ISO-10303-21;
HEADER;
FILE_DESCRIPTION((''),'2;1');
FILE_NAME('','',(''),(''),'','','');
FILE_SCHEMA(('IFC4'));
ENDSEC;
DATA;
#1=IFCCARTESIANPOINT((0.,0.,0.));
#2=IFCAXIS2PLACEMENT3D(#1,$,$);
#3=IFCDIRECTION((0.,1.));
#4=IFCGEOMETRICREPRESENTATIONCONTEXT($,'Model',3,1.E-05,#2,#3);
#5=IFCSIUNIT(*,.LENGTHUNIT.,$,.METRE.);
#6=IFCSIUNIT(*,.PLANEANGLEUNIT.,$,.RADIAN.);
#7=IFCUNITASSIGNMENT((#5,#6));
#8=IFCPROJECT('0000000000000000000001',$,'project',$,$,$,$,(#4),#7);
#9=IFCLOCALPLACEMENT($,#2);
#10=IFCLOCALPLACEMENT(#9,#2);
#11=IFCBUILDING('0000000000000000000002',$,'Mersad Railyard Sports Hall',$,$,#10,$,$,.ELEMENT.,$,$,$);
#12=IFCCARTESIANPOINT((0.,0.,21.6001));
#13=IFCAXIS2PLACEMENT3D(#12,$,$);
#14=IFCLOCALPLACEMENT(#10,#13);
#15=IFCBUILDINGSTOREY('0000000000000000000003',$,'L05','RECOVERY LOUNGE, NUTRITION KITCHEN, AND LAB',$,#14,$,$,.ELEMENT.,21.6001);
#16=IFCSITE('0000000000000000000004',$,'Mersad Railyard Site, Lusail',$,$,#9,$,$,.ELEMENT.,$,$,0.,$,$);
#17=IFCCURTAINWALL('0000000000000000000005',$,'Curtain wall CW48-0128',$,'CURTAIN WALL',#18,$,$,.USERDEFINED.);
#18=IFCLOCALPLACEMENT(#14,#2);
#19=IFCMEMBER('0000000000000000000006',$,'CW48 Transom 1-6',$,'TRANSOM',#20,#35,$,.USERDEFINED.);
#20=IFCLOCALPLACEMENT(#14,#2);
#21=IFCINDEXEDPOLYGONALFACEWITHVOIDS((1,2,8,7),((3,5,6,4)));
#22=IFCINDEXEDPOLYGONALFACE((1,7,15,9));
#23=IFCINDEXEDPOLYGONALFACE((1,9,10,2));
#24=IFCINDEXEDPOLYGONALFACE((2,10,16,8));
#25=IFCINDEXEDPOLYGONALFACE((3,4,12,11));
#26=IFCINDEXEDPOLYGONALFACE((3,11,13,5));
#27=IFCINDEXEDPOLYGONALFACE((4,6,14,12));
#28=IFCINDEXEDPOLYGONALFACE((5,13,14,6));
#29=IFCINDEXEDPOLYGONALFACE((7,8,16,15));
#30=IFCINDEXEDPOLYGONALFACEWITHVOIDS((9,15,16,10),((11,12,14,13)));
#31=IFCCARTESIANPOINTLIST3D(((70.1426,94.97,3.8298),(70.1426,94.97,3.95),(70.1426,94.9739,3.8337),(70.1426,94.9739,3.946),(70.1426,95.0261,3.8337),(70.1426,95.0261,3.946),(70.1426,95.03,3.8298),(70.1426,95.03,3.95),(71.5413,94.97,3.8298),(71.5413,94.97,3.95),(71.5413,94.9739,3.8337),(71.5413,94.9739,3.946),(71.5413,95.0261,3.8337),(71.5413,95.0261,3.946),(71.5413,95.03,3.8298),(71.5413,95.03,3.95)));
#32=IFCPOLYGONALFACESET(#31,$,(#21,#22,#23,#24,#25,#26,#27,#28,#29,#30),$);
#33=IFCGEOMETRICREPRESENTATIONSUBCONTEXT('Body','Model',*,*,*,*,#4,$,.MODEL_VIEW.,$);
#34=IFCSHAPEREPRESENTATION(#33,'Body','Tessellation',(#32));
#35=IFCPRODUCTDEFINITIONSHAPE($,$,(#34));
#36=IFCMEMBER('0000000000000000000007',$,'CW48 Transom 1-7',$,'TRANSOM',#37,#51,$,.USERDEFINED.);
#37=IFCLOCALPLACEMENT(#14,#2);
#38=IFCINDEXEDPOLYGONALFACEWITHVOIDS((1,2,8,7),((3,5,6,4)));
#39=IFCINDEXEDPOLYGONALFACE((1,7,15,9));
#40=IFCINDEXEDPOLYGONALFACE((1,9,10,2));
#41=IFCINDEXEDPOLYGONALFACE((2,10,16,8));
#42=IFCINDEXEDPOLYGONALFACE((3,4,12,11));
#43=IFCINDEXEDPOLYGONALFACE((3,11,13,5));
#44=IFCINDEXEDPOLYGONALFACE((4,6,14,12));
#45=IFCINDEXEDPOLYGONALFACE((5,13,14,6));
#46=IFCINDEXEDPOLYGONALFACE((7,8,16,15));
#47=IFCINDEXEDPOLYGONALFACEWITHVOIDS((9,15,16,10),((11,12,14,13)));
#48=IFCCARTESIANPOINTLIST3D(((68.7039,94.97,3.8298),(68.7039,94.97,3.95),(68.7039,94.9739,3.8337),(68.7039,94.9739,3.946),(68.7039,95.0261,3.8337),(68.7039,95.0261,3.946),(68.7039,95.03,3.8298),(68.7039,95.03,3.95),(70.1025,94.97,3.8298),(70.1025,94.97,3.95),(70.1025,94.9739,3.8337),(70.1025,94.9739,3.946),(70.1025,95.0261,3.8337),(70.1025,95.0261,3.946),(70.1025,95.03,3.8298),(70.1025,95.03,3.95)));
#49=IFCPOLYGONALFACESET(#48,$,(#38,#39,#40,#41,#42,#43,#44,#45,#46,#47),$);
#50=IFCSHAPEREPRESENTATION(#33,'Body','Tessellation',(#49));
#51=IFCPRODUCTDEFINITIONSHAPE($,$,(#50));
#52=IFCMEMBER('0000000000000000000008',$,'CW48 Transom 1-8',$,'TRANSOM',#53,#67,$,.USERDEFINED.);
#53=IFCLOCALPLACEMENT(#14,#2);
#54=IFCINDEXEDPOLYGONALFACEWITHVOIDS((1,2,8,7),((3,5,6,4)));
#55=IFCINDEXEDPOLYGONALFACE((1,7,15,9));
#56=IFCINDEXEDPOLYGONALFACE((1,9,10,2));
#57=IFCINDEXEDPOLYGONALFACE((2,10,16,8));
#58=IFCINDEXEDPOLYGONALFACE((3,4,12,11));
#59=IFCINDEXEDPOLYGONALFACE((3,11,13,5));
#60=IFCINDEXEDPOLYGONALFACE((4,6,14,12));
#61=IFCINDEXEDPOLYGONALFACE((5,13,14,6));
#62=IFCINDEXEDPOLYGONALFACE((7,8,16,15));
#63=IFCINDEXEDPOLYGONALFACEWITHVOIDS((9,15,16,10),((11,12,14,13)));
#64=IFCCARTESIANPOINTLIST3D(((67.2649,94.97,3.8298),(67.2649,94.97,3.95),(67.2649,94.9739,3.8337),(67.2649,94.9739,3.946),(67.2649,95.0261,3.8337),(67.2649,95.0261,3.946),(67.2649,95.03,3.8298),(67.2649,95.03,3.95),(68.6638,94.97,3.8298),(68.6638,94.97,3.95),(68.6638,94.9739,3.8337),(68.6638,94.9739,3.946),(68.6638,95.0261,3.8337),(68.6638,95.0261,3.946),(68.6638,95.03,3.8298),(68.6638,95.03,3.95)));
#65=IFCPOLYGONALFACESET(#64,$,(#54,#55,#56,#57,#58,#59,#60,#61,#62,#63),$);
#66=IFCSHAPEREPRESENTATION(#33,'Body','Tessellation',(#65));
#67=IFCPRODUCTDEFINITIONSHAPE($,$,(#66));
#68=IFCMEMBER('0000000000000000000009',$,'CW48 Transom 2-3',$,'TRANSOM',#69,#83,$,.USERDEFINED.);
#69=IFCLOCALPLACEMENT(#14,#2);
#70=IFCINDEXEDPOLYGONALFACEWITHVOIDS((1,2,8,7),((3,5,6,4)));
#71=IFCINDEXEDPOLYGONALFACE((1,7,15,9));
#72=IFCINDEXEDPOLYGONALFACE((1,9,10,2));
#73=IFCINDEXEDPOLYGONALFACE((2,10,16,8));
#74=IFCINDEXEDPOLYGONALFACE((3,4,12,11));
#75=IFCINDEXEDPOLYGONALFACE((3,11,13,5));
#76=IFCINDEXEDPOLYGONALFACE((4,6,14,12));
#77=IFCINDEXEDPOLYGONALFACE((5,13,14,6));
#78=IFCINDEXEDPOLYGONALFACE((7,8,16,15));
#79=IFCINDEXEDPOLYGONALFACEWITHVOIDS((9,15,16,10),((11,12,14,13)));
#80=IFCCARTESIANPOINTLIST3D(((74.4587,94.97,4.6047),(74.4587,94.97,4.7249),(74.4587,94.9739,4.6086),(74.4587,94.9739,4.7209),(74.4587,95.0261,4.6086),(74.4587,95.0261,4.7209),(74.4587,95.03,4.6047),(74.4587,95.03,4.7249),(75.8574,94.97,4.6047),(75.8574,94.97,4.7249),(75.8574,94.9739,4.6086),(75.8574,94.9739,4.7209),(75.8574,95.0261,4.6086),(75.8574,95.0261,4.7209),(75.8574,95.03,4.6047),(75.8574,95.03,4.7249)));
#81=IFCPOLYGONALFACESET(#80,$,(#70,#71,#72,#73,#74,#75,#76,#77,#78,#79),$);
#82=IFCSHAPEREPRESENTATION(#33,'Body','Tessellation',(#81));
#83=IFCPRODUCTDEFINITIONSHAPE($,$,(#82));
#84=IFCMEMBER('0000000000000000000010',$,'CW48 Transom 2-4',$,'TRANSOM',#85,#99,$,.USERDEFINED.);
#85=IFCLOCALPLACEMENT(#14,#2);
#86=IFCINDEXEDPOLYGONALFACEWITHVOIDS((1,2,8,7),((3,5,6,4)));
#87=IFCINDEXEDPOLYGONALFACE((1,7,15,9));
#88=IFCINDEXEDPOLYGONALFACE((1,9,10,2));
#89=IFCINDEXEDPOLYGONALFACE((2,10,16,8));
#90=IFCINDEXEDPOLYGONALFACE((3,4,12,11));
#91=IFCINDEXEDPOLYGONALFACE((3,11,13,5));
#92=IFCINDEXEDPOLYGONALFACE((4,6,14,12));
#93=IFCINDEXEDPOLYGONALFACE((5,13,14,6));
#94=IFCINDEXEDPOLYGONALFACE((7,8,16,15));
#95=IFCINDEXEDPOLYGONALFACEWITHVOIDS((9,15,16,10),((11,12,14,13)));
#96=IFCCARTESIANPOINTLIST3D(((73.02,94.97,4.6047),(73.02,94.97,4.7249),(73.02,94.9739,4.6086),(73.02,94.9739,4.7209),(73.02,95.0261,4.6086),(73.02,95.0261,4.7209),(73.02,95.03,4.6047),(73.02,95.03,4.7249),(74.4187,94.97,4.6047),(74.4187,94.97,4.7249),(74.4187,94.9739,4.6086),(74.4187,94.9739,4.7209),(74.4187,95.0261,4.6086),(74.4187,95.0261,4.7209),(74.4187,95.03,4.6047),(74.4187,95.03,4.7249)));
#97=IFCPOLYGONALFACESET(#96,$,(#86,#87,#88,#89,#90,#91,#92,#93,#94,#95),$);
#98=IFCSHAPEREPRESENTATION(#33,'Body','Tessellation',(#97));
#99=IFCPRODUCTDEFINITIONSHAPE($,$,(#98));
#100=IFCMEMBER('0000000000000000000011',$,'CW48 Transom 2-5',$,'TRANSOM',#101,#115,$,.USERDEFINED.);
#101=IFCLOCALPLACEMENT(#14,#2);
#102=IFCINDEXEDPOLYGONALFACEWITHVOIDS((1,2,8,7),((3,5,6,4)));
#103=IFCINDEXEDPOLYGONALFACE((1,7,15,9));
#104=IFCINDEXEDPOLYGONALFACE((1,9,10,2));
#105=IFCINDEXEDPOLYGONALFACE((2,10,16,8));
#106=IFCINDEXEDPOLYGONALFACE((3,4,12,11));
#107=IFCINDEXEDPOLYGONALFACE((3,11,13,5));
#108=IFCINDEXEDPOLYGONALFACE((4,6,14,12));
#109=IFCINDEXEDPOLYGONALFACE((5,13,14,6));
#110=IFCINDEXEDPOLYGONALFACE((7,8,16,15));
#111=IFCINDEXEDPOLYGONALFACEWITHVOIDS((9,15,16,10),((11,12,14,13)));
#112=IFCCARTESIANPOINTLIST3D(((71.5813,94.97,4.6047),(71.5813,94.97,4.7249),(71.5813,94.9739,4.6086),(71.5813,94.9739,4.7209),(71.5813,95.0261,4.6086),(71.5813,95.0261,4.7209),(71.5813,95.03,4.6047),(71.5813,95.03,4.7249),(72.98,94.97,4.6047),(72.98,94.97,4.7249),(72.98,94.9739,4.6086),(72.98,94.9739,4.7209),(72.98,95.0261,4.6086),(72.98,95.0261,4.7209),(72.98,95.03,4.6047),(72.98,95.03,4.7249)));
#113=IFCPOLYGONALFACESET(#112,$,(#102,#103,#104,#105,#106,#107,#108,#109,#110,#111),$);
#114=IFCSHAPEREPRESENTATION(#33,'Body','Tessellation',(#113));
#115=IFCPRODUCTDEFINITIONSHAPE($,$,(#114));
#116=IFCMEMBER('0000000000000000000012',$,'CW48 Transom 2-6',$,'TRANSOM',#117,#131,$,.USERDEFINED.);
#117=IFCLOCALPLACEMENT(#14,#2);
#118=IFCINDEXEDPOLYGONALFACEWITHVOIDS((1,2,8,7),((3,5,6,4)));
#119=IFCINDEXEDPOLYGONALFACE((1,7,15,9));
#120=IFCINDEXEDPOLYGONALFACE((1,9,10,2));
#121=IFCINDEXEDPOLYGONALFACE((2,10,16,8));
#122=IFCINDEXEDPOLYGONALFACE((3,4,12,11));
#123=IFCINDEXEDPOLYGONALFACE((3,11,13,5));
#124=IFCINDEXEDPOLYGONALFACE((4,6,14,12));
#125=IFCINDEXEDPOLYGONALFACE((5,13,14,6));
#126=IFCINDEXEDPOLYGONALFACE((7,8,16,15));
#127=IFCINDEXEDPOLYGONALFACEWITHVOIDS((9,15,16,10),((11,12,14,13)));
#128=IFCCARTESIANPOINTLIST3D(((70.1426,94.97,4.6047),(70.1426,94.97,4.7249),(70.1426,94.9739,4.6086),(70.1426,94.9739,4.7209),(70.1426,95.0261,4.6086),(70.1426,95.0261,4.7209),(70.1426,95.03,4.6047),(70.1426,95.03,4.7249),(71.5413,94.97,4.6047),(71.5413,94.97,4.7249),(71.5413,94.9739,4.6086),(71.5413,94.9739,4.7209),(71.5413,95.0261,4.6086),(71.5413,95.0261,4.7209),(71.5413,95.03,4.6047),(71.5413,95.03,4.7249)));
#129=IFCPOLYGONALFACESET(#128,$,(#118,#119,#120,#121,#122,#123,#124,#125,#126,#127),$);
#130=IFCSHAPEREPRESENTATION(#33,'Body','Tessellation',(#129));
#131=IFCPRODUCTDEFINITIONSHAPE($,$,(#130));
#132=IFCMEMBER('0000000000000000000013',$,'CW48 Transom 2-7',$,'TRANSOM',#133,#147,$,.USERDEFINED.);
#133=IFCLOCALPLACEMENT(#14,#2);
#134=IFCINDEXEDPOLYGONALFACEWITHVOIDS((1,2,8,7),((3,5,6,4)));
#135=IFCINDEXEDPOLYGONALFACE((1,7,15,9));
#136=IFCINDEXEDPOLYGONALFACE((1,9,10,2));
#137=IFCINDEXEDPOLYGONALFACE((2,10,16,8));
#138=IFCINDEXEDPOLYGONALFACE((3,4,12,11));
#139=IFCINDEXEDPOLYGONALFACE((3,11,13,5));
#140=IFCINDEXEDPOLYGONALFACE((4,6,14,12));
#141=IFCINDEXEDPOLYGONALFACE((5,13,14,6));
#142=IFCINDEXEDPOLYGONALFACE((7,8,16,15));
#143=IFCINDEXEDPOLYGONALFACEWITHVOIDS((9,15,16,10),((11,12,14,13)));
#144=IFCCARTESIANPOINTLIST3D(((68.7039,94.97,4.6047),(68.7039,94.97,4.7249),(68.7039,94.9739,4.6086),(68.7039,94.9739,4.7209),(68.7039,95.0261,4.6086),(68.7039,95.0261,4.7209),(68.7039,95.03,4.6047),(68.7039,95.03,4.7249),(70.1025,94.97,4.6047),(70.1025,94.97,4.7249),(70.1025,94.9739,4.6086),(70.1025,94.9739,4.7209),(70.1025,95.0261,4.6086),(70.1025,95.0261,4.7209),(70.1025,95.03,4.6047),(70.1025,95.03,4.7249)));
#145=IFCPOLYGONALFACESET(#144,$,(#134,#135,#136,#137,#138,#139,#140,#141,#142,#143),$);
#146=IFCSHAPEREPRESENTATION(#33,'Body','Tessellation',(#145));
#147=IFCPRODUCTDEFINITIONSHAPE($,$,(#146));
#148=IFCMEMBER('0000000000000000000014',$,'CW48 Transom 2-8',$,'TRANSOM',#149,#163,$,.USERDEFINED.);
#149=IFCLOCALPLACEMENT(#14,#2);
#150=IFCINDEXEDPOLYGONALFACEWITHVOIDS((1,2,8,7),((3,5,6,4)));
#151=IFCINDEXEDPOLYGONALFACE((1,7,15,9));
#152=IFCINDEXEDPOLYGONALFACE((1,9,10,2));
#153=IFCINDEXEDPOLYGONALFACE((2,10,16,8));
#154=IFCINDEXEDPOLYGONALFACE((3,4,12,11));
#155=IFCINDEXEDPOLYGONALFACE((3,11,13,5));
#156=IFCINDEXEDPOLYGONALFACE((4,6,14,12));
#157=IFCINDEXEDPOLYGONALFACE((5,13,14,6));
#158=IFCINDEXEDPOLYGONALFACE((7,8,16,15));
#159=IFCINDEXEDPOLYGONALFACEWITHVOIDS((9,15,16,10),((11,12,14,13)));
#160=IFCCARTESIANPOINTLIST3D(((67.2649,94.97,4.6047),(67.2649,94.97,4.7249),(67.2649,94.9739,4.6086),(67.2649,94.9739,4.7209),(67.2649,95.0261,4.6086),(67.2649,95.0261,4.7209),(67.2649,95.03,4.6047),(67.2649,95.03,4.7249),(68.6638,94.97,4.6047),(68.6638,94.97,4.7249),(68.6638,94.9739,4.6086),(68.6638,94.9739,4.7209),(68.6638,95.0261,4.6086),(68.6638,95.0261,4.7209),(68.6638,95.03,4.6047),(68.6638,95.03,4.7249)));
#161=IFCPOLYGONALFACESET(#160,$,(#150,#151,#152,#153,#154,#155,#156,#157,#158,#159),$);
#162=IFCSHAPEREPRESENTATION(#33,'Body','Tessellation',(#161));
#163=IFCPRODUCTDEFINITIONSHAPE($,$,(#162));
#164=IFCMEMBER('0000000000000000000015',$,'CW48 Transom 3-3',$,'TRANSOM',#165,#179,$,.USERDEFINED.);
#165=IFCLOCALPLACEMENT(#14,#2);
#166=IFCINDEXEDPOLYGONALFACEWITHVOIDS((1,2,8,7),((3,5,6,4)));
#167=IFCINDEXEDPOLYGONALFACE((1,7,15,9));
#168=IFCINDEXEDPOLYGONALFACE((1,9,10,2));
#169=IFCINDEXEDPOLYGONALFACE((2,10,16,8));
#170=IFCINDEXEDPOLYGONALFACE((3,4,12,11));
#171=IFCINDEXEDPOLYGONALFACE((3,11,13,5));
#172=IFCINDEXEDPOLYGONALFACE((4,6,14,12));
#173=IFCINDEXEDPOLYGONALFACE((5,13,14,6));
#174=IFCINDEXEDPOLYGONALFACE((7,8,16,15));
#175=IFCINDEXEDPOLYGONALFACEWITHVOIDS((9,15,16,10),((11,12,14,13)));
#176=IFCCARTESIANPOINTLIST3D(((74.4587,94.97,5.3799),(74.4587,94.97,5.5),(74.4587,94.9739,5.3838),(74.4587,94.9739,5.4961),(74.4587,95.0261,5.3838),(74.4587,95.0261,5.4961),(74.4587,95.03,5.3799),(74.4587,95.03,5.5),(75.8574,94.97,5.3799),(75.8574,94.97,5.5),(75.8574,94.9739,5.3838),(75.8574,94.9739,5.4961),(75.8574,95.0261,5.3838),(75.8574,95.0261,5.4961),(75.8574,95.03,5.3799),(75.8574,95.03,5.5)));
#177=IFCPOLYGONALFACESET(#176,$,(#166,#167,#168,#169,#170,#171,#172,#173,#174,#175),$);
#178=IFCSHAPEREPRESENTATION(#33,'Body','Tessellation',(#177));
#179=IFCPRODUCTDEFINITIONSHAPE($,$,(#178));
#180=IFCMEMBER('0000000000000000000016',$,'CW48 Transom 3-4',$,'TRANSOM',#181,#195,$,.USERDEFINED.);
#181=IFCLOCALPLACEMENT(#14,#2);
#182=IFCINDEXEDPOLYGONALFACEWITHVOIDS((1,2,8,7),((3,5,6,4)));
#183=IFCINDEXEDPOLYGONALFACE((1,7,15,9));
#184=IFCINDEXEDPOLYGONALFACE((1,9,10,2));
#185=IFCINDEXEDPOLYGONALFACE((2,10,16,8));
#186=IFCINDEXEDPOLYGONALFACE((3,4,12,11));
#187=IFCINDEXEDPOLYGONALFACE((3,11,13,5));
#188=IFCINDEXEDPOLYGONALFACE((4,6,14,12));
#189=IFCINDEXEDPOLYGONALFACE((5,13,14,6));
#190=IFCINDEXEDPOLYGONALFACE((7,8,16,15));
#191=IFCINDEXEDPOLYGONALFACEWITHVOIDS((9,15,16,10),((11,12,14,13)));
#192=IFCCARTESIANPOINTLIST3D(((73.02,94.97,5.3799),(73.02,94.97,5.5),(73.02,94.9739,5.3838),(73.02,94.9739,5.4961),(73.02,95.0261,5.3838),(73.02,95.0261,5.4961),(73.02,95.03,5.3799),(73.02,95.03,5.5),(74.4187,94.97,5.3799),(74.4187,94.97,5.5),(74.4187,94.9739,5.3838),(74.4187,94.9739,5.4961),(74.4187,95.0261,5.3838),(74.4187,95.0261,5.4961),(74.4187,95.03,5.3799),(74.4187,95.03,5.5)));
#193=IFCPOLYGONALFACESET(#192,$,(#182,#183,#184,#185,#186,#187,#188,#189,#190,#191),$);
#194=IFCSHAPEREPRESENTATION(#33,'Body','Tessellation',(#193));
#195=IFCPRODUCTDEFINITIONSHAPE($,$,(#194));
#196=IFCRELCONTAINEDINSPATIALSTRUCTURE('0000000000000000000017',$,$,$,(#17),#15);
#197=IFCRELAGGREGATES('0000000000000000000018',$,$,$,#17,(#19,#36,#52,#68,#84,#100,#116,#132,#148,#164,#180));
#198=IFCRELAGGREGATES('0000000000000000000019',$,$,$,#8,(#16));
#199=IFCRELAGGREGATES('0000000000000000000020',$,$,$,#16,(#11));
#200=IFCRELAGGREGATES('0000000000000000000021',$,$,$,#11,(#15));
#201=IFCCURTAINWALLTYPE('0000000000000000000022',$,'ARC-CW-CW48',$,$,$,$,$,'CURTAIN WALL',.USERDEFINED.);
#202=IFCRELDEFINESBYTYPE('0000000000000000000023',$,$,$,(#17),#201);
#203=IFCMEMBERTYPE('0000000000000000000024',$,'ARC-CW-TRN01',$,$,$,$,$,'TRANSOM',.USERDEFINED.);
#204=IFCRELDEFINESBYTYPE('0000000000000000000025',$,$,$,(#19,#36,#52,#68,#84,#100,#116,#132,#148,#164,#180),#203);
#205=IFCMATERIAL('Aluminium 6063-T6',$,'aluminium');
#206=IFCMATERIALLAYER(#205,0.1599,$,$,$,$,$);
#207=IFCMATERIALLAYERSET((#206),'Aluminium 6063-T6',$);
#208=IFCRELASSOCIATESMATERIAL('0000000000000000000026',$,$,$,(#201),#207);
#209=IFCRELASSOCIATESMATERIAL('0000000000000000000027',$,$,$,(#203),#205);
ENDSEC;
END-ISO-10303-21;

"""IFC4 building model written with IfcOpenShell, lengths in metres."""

from ifc_helpers import new_model, si_unit, direction, frame, origin, origin_2d, place, context, subcontext, project, spatial, hollow_rectangle, extrude, material, layer, layer_set, material_profile, profile_set, type_object, element, aggregate, save


model = new_model("IFC4")

# Units and contexts
model_context = context("Model", 3, precision=1e-05, world=origin(), true_north=direction((0.0, 1.0)))
body_context = subcontext(model_context, "Body", "Model", "MODEL_VIEW")
ifc_project = project(units=[si_unit("LENGTHUNIT", "METRE"), si_unit("PLANEANGLEUNIT", "RADIAN")], contexts=[model_context])

# Site, building, storey
site_placement = place(None, origin())
site = spatial("IfcSite", under=ifc_project, at=site_placement, Name="Mersad Railyard Site, Lusail", CompositionType="ELEMENT", RefElevation=0.0)
building_placement = place(site_placement, origin())
building = spatial("IfcBuilding", under=site, at=building_placement, Name="Mersad Railyard Sports Hall", CompositionType="ELEMENT")
storey_placement = place(building_placement, frame((0.0, 0.0, 21.6001)))
storey = spatial("IfcBuildingStorey", under=building, at=storey_placement, Name="L05", Description="RECOVERY LOUNGE, NUTRITION KITCHEN, AND LAB", CompositionType="ELEMENT", Elevation=21.6001)

# Curtain wall, members
ifc_material_1 = material(Name="Aluminium 6063-T6", Category="aluminium")
ifc_layer_1 = layer(ifc_material_1, 0.1599)
ifc_layer_set_1 = layer_set([ifc_layer_1], Name="Aluminium 6063-T6")
curtain_wall_type = type_object("IfcCurtainWallType", Name="ARC-CW-CW48", ElementType="CURTAIN WALL", PredefinedType="USERDEFINED", material=ifc_layer_set_1)
curtain_wall_placement = place(storey_placement, origin())
curtain_wall = element("IfcCurtainWall", 1, at=curtain_wall_placement, inside=storey, type_object=curtain_wall_type, Name="Curtain wall CW48-0128", ObjectType="CURTAIN WALL", PredefinedType="USERDEFINED")
ifc_material_profile_1 = material_profile(ifc_material_1, hollow_rectangle(XDim=0.0601, YDim=0.1201, WallThickness=0.0039, at=origin_2d()), Name="AL TRANSOM 60x120x4")
ifc_profile_set_1 = profile_set([ifc_material_profile_1], Name="Aluminium 6063-T6")
member_type_1 = type_object("IfcMemberType", Name="ARC-CW-TRN01", ElementType="TRANSOM", PredefinedType="USERDEFINED", material=ifc_profile_set_1)
member_1_placement = place(storey_placement, frame((71.5413, 95.0, 3.8899), z_axis=(-1.0, 0.0, 0.0), x_axis=(0.0, -1.0, 0.0)))
member_1 = element("IfcMember", 2, at=member_1_placement, type_object=member_type_1, Name="CW48 Transom 1-6", ObjectType="TRANSOM", PredefinedType="USERDEFINED", context=body_context, shape_type="SweptSolid", body=[
    extrude(hollow_rectangle(XDim=0.0601, YDim=0.1201, WallThickness=0.0039, at=origin_2d()), origin(), (0.0, 0.0, 1.0), 1.3987),
])
member_2_placement = place(storey_placement, frame((70.1025, 95.0, 3.8899), z_axis=(-1.0, 0.0, 0.0), x_axis=(0.0, -1.0, 0.0)))
member_2 = element("IfcMember", 3, at=member_2_placement, type_object=member_type_1, Name="CW48 Transom 1-7", ObjectType="TRANSOM", PredefinedType="USERDEFINED", context=body_context, shape_type="SweptSolid", body=[
    extrude(hollow_rectangle(XDim=0.0601, YDim=0.1201, WallThickness=0.0039, at=origin_2d()), origin(), (0.0, 0.0, 1.0), 1.3987),
])
member_3_placement = place(storey_placement, frame((68.6638, 95.0, 3.8899), z_axis=(-1.0, 0.0, 0.0), x_axis=(0.0, -1.0, 0.0)))
member_3 = element("IfcMember", 4, at=member_3_placement, type_object=member_type_1, Name="CW48 Transom 1-8", ObjectType="TRANSOM", PredefinedType="USERDEFINED", context=body_context, shape_type="SweptSolid", body=[
    extrude(hollow_rectangle(XDim=0.0601, YDim=0.1201, WallThickness=0.0039, at=origin_2d()), origin(), (0.0, 0.0, 1.0), 1.3989),
])
member_4_placement = place(storey_placement, frame((75.8574, 95.0, 4.6648), z_axis=(-1.0, 0.0, 0.0), x_axis=(0.0, -1.0, 0.0)))
member_4 = element("IfcMember", 5, at=member_4_placement, type_object=member_type_1, Name="CW48 Transom 2-3", ObjectType="TRANSOM", PredefinedType="USERDEFINED", context=body_context, shape_type="SweptSolid", body=[
    extrude(hollow_rectangle(XDim=0.0601, YDim=0.1201, WallThickness=0.0039, at=origin_2d()), origin(), (0.0, 0.0, 1.0), 1.3987),
])
member_5_placement = place(storey_placement, frame((74.4187, 95.0, 4.6648), z_axis=(-1.0, 0.0, 0.0), x_axis=(0.0, -1.0, 0.0)))
member_5 = element("IfcMember", 6, at=member_5_placement, type_object=member_type_1, Name="CW48 Transom 2-4", ObjectType="TRANSOM", PredefinedType="USERDEFINED", context=body_context, shape_type="SweptSolid", body=[
    extrude(hollow_rectangle(XDim=0.0601, YDim=0.1201, WallThickness=0.0039, at=origin_2d()), origin(), (0.0, 0.0, 1.0), 1.3987),
])
member_6_placement = place(storey_placement, frame((72.98, 95.0, 4.6648), z_axis=(-1.0, 0.0, 0.0), x_axis=(0.0, -1.0, 0.0)))
member_6 = element("IfcMember", 7, at=member_6_placement, type_object=member_type_1, Name="CW48 Transom 2-5", ObjectType="TRANSOM", PredefinedType="USERDEFINED", context=body_context, shape_type="SweptSolid", body=[
    extrude(hollow_rectangle(XDim=0.0601, YDim=0.1201, WallThickness=0.0039, at=origin_2d()), origin(), (0.0, 0.0, 1.0), 1.3987),
])
member_7_placement = place(storey_placement, frame((71.5413, 95.0, 4.6648), z_axis=(-1.0, 0.0, 0.0), x_axis=(0.0, -1.0, 0.0)))
member_7 = element("IfcMember", 8, at=member_7_placement, type_object=member_type_1, Name="CW48 Transom 2-6", ObjectType="TRANSOM", PredefinedType="USERDEFINED", context=body_context, shape_type="SweptSolid", body=[
    extrude(hollow_rectangle(XDim=0.0601, YDim=0.1201, WallThickness=0.0039, at=origin_2d()), origin(), (0.0, 0.0, 1.0), 1.3987),
])
member_8_placement = place(storey_placement, frame((70.1025, 95.0, 4.6648), z_axis=(-1.0, 0.0, 0.0), x_axis=(0.0, -1.0, 0.0)))
member_8 = element("IfcMember", 9, at=member_8_placement, type_object=member_type_1, Name="CW48 Transom 2-7", ObjectType="TRANSOM", PredefinedType="USERDEFINED", context=body_context, shape_type="SweptSolid", body=[
    extrude(hollow_rectangle(XDim=0.0601, YDim=0.1201, WallThickness=0.0039, at=origin_2d()), origin(), (0.0, 0.0, 1.0), 1.3987),
])
member_9_placement = place(storey_placement, frame((68.6638, 95.0, 4.6648), z_axis=(-1.0, 0.0, 0.0), x_axis=(0.0, -1.0, 0.0)))
member_9 = element("IfcMember", 10, at=member_9_placement, type_object=member_type_1, Name="CW48 Transom 2-8", ObjectType="TRANSOM", PredefinedType="USERDEFINED", context=body_context, shape_type="SweptSolid", body=[
    extrude(hollow_rectangle(XDim=0.0601, YDim=0.1201, WallThickness=0.0039, at=origin_2d()), origin(), (0.0, 0.0, 1.0), 1.3989),
])
member_10_placement = place(storey_placement, frame((75.8574, 95.0, 5.4399), z_axis=(-1.0, 0.0, 0.0), x_axis=(0.0, -1.0, 0.0)))
member_10 = element("IfcMember", 11, at=member_10_placement, type_object=member_type_1, Name="CW48 Transom 3-3", ObjectType="TRANSOM", PredefinedType="USERDEFINED", context=body_context, shape_type="SweptSolid", body=[
    extrude(hollow_rectangle(XDim=0.0601, YDim=0.1201, WallThickness=0.0039, at=origin_2d()), origin(), (0.0, 0.0, 1.0), 1.3987),
])
member_11_placement = place(storey_placement, frame((74.4187, 95.0, 5.4399), z_axis=(-1.0, 0.0, 0.0), x_axis=(0.0, -1.0, 0.0)))
member_11 = element("IfcMember", 12, at=member_11_placement, type_object=member_type_1, Name="CW48 Transom 3-4", ObjectType="TRANSOM", PredefinedType="USERDEFINED", context=body_context, shape_type="SweptSolid", body=[
    extrude(hollow_rectangle(XDim=0.0601, YDim=0.1201, WallThickness=0.0039, at=origin_2d()), origin(), (0.0, 0.0, 1.0), 1.3987),
])

aggregate(curtain_wall, [member_1, member_2, member_3, member_4, member_5, member_6, member_7, member_8, member_9, member_10, member_11])

save(model, "model.ifc")
